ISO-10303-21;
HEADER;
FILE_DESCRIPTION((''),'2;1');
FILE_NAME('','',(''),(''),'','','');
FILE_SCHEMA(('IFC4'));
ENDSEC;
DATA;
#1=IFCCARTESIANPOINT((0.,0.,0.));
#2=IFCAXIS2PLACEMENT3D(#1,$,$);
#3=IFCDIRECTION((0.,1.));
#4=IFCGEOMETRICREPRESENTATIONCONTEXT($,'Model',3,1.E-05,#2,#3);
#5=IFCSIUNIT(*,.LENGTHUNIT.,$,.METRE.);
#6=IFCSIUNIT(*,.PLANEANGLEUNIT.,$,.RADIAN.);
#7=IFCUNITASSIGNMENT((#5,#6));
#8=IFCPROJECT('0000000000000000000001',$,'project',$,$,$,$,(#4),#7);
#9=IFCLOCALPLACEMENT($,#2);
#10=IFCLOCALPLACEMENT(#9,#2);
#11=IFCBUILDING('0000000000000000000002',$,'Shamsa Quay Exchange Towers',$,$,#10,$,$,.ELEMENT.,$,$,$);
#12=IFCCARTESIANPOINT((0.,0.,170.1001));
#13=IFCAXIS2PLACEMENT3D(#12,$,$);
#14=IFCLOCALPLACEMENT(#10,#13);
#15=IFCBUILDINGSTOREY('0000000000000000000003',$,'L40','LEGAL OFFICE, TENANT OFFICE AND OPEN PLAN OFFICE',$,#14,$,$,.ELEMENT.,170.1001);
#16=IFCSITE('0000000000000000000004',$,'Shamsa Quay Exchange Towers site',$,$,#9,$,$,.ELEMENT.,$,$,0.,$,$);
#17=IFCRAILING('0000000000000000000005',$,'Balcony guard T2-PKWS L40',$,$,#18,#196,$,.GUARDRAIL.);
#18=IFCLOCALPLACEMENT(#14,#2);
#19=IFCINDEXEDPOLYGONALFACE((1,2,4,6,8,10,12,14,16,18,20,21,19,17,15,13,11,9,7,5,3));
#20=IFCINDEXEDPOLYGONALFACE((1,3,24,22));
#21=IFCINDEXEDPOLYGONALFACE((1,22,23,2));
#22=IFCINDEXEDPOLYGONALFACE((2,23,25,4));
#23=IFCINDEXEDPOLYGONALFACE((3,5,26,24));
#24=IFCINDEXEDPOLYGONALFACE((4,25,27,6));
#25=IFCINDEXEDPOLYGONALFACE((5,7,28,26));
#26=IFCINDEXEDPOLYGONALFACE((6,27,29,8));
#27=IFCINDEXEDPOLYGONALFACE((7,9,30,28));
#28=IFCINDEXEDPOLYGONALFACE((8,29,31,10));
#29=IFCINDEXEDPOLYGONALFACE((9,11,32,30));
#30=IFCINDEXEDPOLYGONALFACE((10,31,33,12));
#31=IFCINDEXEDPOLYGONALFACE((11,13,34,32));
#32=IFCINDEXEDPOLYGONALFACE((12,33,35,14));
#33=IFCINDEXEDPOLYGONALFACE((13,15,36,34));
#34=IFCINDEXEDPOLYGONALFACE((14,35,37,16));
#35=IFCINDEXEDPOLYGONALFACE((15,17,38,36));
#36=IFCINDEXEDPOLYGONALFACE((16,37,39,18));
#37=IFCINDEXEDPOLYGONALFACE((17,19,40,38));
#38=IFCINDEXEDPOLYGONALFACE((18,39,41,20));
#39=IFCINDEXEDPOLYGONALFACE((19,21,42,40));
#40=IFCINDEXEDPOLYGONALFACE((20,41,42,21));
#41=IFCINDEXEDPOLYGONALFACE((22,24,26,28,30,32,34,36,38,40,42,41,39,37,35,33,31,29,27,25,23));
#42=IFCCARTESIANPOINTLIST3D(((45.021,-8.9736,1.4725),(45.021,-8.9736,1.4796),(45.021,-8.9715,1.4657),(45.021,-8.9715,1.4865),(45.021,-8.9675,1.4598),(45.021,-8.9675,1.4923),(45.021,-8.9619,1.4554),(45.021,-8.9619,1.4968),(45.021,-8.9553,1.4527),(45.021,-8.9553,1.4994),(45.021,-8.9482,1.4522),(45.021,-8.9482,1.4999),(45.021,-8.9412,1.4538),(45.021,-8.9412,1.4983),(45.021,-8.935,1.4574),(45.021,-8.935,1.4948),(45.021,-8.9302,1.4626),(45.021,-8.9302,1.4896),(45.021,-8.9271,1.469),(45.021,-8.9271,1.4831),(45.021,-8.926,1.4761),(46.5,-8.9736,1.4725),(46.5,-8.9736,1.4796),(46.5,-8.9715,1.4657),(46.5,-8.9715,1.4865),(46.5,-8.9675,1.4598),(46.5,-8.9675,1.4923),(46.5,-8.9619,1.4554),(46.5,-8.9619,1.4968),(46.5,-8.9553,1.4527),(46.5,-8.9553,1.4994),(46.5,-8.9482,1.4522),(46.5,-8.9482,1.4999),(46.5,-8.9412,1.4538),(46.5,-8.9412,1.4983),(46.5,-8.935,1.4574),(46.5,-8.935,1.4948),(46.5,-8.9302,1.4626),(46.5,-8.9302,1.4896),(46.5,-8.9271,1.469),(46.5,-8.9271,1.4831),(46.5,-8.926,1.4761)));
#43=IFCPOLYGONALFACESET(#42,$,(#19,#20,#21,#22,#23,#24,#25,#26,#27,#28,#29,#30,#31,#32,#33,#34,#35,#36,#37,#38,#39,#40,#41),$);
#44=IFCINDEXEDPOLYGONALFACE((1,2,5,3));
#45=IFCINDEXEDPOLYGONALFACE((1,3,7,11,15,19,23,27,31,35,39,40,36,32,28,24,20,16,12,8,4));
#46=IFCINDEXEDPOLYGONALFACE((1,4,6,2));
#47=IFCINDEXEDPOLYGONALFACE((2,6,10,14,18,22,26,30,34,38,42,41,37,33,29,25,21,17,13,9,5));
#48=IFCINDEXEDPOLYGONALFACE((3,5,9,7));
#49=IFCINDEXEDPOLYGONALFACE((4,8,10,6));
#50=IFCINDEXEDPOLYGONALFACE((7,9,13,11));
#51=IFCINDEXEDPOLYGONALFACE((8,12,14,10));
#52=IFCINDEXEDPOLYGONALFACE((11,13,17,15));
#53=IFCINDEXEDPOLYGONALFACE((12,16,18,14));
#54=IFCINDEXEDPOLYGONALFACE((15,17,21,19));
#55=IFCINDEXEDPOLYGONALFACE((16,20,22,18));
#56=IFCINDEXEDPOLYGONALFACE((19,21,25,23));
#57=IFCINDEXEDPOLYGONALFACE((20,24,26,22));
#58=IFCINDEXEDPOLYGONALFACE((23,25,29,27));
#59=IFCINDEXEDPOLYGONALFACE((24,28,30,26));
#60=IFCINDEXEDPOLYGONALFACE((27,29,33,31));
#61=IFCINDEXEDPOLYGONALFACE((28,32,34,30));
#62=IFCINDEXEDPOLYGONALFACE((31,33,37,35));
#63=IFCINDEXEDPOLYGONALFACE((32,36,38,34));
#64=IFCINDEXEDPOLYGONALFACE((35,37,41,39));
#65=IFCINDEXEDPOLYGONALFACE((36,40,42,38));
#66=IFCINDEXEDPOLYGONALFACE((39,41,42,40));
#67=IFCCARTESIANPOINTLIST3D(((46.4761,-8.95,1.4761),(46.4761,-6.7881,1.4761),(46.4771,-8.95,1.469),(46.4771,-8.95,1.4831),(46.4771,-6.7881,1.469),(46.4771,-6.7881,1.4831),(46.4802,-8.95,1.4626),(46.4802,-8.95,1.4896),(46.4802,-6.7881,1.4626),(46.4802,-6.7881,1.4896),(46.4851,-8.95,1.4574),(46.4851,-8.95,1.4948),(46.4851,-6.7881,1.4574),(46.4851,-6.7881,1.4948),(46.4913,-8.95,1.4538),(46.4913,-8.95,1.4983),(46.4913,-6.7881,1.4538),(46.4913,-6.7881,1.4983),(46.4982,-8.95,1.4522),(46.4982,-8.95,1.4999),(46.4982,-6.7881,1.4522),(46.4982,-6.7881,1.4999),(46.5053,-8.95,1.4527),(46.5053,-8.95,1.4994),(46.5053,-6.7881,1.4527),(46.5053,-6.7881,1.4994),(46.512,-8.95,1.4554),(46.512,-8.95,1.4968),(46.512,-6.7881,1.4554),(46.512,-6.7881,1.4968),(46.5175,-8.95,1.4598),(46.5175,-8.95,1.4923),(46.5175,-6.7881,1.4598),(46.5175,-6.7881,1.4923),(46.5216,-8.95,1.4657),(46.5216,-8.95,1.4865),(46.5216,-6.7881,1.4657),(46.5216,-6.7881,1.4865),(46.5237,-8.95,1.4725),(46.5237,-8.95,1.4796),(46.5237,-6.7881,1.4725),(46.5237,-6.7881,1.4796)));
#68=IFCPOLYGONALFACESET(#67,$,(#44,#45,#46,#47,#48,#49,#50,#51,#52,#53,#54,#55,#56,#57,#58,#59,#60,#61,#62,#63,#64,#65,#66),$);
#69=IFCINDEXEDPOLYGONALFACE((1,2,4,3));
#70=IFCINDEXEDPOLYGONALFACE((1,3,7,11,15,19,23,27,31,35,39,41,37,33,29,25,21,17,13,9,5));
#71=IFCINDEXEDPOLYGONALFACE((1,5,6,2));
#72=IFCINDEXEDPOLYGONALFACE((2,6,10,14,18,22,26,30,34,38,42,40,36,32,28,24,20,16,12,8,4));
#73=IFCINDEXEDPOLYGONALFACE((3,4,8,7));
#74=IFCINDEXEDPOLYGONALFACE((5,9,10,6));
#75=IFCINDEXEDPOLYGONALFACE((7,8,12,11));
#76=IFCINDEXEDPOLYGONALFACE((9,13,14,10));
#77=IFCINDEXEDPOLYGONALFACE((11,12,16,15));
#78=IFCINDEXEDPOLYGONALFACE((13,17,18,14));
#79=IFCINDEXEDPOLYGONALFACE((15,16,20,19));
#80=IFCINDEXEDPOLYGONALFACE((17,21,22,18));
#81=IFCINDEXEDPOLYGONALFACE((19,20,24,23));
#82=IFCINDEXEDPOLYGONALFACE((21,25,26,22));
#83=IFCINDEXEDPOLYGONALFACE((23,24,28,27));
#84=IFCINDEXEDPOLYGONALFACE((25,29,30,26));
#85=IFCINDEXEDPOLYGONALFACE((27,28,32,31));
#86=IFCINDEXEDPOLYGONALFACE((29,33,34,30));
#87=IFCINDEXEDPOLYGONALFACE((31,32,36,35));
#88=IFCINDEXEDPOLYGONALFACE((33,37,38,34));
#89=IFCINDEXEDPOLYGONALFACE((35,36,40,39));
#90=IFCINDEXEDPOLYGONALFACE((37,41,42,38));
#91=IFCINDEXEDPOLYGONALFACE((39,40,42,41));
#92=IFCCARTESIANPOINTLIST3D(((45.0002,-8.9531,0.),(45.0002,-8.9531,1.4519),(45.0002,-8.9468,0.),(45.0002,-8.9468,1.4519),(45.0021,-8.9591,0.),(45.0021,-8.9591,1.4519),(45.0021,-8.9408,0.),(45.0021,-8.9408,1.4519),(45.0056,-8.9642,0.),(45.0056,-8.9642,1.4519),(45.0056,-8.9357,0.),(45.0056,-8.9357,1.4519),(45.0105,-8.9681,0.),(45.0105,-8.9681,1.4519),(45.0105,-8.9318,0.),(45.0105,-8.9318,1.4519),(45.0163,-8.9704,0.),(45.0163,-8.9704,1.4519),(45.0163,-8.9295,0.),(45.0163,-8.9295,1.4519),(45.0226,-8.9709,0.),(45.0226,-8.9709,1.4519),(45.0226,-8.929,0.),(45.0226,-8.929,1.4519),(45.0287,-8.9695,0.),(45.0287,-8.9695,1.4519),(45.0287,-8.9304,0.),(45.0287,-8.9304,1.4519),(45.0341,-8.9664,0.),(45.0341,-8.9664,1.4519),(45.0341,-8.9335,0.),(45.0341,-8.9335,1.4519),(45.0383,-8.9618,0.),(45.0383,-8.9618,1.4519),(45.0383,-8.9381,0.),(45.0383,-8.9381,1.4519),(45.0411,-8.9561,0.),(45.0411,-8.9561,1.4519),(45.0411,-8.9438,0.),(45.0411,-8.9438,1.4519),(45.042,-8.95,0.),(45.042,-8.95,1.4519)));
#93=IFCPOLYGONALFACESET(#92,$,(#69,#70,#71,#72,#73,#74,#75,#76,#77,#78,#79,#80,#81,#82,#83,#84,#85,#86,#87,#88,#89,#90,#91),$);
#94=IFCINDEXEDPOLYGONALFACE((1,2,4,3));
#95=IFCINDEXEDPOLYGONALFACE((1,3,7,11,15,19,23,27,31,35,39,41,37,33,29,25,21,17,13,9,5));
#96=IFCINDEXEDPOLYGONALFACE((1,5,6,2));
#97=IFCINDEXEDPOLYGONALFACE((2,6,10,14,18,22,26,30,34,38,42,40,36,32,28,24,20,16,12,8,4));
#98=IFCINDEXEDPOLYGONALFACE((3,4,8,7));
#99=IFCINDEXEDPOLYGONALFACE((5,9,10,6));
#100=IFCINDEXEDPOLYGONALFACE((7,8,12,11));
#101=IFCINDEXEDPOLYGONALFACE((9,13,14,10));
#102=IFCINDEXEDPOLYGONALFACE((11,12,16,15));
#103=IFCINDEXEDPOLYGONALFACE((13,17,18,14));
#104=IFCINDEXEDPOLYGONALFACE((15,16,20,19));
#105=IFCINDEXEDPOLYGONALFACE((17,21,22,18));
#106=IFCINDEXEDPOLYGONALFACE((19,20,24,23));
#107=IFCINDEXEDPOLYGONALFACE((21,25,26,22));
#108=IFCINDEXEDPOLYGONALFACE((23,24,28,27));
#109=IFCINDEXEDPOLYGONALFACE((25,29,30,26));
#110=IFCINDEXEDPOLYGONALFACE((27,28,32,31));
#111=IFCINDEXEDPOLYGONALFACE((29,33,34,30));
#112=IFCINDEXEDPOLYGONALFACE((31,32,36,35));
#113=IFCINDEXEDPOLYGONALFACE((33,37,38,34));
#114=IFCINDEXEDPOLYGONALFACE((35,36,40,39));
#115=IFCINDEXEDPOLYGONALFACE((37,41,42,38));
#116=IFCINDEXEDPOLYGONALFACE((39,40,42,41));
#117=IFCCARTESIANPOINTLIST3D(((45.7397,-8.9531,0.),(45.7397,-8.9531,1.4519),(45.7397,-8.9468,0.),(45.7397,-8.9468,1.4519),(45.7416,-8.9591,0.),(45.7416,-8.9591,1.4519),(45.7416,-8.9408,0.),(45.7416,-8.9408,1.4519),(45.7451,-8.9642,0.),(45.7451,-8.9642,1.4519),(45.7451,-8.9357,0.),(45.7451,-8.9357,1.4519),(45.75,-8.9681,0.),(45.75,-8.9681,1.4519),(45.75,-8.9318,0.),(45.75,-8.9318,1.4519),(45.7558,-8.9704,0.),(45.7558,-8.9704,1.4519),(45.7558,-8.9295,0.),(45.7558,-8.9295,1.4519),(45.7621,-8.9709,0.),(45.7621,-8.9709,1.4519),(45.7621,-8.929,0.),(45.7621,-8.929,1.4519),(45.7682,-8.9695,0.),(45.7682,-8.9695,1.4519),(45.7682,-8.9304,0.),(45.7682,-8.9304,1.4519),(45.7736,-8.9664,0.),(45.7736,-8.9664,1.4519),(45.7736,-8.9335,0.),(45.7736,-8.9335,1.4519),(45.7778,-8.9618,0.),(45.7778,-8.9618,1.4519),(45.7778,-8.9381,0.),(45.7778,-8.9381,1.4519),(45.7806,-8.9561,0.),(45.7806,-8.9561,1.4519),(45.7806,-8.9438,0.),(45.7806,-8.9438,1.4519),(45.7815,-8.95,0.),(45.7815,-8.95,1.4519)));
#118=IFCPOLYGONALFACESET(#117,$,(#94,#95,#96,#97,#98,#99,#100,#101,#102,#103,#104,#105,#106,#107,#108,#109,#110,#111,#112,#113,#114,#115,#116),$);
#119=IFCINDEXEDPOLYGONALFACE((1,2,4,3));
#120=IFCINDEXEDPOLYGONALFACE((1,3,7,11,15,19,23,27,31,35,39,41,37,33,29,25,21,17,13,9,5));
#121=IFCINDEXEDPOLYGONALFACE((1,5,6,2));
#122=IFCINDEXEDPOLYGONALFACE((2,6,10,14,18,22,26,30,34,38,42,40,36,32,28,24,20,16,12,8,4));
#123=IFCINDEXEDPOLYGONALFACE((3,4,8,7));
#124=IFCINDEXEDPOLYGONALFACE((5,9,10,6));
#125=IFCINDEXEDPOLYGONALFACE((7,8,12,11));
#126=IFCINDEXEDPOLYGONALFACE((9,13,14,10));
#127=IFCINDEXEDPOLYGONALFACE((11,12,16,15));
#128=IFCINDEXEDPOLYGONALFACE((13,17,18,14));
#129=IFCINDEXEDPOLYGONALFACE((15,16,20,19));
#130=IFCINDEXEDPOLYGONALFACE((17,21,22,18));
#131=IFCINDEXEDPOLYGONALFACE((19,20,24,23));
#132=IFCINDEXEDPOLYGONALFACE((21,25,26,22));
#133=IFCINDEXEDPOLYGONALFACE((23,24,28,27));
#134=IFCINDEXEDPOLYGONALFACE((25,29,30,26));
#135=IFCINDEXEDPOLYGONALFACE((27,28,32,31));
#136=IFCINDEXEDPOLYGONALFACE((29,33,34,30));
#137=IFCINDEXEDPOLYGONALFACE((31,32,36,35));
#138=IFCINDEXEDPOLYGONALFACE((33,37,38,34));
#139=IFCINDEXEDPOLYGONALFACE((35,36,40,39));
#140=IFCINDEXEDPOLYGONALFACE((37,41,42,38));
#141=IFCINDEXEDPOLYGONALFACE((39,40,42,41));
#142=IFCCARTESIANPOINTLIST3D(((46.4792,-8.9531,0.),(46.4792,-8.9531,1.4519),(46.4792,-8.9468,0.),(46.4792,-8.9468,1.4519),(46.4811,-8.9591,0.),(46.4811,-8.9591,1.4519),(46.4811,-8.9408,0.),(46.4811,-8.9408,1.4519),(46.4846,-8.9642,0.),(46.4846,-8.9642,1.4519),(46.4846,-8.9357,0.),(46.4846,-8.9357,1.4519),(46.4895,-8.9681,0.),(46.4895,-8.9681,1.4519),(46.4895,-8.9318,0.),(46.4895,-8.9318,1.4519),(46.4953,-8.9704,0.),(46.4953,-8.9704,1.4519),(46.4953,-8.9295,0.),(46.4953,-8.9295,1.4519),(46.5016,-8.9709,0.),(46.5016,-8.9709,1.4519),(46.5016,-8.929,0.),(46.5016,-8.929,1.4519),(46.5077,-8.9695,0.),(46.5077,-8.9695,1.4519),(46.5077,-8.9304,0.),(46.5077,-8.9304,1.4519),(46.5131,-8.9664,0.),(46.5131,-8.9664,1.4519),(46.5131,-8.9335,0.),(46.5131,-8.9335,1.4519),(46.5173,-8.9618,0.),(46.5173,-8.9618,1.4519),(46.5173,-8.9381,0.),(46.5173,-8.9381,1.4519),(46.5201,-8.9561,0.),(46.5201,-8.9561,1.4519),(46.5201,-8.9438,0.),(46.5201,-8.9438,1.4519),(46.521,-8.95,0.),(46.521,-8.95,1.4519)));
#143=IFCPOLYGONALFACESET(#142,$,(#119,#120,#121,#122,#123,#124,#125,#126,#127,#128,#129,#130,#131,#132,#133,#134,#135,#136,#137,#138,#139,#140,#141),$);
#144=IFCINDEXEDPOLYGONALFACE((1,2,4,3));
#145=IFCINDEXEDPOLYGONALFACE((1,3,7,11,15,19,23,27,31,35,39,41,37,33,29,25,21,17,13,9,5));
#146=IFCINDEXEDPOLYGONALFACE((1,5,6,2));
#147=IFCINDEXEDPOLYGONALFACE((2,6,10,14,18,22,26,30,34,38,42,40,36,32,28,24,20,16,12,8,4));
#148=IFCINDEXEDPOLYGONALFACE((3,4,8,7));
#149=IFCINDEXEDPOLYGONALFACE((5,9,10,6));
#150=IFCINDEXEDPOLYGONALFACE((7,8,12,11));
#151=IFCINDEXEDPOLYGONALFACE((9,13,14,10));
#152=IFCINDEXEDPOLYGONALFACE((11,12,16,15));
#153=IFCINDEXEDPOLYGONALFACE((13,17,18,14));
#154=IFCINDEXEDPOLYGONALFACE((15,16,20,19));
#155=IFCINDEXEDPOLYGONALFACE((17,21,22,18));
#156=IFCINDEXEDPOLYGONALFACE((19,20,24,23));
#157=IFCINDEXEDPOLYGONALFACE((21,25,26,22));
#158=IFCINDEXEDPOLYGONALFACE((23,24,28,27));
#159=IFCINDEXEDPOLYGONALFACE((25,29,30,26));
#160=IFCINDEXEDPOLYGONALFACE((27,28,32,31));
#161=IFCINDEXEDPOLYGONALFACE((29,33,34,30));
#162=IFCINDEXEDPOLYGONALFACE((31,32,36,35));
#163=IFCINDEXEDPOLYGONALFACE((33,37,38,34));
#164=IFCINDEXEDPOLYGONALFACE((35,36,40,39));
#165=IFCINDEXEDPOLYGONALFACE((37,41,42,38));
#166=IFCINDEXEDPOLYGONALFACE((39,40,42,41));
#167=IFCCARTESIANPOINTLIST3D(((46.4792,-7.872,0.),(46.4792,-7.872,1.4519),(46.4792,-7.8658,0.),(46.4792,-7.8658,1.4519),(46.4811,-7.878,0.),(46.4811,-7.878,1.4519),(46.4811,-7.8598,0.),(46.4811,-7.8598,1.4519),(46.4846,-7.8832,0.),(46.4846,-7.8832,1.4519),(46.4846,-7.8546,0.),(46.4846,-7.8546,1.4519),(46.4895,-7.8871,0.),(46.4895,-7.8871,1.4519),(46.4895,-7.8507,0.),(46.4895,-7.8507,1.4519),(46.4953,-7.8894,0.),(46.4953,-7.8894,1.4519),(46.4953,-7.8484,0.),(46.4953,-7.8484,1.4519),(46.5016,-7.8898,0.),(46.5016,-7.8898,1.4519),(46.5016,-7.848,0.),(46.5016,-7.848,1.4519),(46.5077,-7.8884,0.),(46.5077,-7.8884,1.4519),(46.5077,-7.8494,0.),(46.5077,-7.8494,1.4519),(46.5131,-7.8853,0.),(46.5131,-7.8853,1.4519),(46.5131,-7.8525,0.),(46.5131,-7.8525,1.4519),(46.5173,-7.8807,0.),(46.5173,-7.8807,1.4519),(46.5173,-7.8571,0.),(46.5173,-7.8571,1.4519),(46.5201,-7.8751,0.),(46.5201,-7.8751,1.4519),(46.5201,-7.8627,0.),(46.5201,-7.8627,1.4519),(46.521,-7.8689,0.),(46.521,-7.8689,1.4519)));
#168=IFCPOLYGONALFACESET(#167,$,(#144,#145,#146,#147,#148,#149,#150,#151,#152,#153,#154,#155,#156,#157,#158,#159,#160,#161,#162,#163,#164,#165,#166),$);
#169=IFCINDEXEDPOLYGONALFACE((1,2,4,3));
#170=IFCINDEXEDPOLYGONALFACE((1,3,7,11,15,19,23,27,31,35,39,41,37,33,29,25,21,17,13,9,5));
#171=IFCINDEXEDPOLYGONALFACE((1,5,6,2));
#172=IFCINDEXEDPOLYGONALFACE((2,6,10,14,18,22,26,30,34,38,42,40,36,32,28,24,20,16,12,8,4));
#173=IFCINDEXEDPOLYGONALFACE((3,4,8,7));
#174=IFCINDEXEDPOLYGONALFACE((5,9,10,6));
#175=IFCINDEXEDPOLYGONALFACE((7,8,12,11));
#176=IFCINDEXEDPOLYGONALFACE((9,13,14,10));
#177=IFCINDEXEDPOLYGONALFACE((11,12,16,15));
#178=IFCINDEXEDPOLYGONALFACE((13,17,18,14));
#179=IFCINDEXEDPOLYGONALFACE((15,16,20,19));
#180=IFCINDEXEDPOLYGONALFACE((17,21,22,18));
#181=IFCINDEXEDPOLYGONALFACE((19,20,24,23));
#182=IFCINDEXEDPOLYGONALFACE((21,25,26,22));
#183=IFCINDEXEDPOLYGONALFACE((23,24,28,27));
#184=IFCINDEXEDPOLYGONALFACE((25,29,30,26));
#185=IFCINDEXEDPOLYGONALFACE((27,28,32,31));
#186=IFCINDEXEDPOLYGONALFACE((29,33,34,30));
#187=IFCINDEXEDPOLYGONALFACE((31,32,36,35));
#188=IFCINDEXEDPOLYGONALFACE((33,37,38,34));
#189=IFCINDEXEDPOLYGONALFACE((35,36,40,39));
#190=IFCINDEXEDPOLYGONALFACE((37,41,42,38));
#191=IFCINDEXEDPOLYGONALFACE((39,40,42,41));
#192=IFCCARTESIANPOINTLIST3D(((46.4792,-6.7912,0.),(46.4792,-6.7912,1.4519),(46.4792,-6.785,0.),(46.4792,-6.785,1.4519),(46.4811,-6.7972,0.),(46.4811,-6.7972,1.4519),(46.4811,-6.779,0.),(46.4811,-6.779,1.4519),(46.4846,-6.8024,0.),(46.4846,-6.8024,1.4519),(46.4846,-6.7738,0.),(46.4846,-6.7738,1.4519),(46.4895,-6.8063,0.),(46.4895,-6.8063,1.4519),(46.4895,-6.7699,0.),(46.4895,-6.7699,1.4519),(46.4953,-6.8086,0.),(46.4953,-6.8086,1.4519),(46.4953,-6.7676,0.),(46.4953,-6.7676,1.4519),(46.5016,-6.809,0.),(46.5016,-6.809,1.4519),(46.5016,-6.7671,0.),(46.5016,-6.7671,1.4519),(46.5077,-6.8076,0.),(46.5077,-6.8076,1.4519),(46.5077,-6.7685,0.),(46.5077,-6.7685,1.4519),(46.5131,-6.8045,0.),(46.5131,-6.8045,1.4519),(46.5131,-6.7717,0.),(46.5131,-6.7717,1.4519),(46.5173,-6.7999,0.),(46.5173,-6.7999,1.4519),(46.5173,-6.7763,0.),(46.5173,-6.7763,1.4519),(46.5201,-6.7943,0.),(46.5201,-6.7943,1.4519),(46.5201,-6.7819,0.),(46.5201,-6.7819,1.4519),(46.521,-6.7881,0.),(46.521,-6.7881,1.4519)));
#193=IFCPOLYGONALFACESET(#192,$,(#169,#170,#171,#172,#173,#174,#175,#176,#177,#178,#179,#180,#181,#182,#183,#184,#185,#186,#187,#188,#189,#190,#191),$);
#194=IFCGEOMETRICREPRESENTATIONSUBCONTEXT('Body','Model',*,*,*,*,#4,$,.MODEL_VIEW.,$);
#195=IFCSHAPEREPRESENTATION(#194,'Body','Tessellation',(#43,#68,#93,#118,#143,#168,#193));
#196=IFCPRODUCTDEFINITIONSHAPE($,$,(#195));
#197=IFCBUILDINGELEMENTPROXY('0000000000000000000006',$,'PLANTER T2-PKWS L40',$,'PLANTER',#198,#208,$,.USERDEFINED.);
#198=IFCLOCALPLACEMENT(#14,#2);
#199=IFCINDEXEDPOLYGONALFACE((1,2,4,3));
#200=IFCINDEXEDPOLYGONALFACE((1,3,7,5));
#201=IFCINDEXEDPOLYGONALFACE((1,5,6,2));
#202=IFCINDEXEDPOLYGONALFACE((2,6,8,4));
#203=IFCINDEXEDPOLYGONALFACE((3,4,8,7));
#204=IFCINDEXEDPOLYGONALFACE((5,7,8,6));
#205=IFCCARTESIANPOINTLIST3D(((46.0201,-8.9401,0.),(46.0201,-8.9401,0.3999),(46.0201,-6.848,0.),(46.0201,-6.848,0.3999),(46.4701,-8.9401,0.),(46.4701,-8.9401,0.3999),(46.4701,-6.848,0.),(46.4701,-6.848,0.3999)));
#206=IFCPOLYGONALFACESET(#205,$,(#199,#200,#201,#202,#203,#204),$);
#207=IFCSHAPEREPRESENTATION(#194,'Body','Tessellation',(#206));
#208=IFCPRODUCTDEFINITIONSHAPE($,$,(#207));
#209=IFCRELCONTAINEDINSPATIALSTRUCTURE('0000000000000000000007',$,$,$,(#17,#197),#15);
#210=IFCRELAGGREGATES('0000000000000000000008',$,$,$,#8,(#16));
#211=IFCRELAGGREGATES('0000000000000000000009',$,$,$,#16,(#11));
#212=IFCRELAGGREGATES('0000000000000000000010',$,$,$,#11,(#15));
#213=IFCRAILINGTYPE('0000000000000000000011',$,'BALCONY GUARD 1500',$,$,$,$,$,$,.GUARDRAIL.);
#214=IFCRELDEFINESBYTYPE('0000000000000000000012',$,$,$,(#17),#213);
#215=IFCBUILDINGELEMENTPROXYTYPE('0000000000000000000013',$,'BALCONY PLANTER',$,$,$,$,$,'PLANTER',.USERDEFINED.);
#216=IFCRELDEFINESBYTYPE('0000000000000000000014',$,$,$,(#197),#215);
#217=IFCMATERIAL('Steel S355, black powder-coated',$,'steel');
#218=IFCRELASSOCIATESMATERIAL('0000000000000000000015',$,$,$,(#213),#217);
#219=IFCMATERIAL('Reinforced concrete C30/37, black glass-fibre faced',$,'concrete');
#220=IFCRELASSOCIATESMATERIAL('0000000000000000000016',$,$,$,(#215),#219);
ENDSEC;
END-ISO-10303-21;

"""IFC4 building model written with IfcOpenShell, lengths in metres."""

from ifc_helpers import new_model, si_unit, direction, frame, origin, origin_2d, place, context, subcontext, project, spatial, rectangle, circle, extrude, material, type_object, element, save


model = new_model("IFC4")

# Units and contexts
model_context = context("Model", 3, precision=1e-05, world=origin(), true_north=direction((0.0, 1.0)))
body_context = subcontext(model_context, "Body", "Model", "MODEL_VIEW")
ifc_project = project(units=[si_unit("LENGTHUNIT", "METRE"), si_unit("PLANEANGLEUNIT", "RADIAN")], contexts=[model_context])

# Site, building, storey
site_placement = place(None, origin())
site = spatial("IfcSite", under=ifc_project, at=site_placement, Name="Shamsa Quay Exchange Towers site", CompositionType="ELEMENT", RefElevation=0.0)
building_placement = place(site_placement, origin())
building = spatial("IfcBuilding", under=site, at=building_placement, Name="Shamsa Quay Exchange Towers", CompositionType="ELEMENT")
storey_placement = place(building_placement, frame((0.0, 0.0, 170.1001)))
storey = spatial("IfcBuildingStorey", under=building, at=storey_placement, Name="L40", Description="LEGAL OFFICE, TENANT OFFICE AND OPEN PLAN OFFICE", CompositionType="ELEMENT", Elevation=170.1001)

# Railing
ifc_material_1 = material(Name="Steel S355, black powder-coated", Category="steel")
railing_type_1 = type_object("IfcRailingType", Name="BALCONY GUARD 1500", PredefinedType="GUARDRAIL", material=ifc_material_1)
railing_1_placement = place(storey_placement, frame((45.021, -8.95, 0.0)))
element("IfcRailing", 1, at=railing_1_placement, inside=storey, type_object=railing_type_1, Name="Balcony guard T2-PKWS L40", PredefinedType="GUARDRAIL", context=body_context, shape_type="SweptSolid", body=[
    extrude(circle(Radius=0.0239, at=origin_2d()), frame((0.0, 0.0, 1.4761), z_axis=(1.0, 0.0, 0.0), x_axis=(0.0, 1.0, 0.0)), (0.0, 0.0, 1.0), 1.479),
    extrude(circle(Radius=0.0239, at=origin_2d()), frame((1.479, 0.0, 1.4761), z_axis=(0.0, 1.0, 0.0), x_axis=(-1.0, 0.0, 0.0)), (0.0, 0.0, 1.0), 2.1619),
    extrude(circle(Radius=0.021, at=origin_2d()), origin(), (0.0, 0.0, 1.0), 1.4519),
    extrude(circle(Radius=0.021, at=origin_2d()), frame((0.7395, 0.0, 0.0)), (0.0, 0.0, 1.0), 1.4519),
    extrude(circle(Radius=0.021, at=origin_2d()), frame((1.479, 0.0, 0.0)), (0.0, 0.0, 1.0), 1.4519),
    extrude(circle(Radius=0.021, at=origin_2d()), frame((1.479, 1.0811, 0.0)), (0.0, 0.0, 1.0), 1.4519),
    extrude(circle(Radius=0.021, at=origin_2d()), frame((1.479, 2.1619, 0.0)), (0.0, 0.0, 1.0), 1.4519),
])

# Building element proxy
ifc_material_2 = material(Name="Reinforced concrete C30/37, black glass-fibre faced", Category="concrete")
building_element_proxy_type = type_object("IfcBuildingElementProxyType", Name="BALCONY PLANTER", ElementType="PLANTER", PredefinedType="USERDEFINED", material=ifc_material_2)
proxy_placement = place(storey_placement, frame((46.2451, -7.894, 0.0), z_axis=(0.0, 0.0, 1.0), x_axis=(0.0, 1.0, 0.0)))
element("IfcBuildingElementProxy", 2, at=proxy_placement, inside=storey, type_object=building_element_proxy_type, Name="PLANTER T2-PKWS L40", ObjectType="PLANTER", PredefinedType="USERDEFINED", context=body_context, shape_type="SweptSolid", body=[
    extrude(rectangle(XDim=2.092, YDim=0.45, at=origin_2d()), origin(), (0.0, 0.0, 1.0), 0.3999),
])

save(model, "model.ifc")
